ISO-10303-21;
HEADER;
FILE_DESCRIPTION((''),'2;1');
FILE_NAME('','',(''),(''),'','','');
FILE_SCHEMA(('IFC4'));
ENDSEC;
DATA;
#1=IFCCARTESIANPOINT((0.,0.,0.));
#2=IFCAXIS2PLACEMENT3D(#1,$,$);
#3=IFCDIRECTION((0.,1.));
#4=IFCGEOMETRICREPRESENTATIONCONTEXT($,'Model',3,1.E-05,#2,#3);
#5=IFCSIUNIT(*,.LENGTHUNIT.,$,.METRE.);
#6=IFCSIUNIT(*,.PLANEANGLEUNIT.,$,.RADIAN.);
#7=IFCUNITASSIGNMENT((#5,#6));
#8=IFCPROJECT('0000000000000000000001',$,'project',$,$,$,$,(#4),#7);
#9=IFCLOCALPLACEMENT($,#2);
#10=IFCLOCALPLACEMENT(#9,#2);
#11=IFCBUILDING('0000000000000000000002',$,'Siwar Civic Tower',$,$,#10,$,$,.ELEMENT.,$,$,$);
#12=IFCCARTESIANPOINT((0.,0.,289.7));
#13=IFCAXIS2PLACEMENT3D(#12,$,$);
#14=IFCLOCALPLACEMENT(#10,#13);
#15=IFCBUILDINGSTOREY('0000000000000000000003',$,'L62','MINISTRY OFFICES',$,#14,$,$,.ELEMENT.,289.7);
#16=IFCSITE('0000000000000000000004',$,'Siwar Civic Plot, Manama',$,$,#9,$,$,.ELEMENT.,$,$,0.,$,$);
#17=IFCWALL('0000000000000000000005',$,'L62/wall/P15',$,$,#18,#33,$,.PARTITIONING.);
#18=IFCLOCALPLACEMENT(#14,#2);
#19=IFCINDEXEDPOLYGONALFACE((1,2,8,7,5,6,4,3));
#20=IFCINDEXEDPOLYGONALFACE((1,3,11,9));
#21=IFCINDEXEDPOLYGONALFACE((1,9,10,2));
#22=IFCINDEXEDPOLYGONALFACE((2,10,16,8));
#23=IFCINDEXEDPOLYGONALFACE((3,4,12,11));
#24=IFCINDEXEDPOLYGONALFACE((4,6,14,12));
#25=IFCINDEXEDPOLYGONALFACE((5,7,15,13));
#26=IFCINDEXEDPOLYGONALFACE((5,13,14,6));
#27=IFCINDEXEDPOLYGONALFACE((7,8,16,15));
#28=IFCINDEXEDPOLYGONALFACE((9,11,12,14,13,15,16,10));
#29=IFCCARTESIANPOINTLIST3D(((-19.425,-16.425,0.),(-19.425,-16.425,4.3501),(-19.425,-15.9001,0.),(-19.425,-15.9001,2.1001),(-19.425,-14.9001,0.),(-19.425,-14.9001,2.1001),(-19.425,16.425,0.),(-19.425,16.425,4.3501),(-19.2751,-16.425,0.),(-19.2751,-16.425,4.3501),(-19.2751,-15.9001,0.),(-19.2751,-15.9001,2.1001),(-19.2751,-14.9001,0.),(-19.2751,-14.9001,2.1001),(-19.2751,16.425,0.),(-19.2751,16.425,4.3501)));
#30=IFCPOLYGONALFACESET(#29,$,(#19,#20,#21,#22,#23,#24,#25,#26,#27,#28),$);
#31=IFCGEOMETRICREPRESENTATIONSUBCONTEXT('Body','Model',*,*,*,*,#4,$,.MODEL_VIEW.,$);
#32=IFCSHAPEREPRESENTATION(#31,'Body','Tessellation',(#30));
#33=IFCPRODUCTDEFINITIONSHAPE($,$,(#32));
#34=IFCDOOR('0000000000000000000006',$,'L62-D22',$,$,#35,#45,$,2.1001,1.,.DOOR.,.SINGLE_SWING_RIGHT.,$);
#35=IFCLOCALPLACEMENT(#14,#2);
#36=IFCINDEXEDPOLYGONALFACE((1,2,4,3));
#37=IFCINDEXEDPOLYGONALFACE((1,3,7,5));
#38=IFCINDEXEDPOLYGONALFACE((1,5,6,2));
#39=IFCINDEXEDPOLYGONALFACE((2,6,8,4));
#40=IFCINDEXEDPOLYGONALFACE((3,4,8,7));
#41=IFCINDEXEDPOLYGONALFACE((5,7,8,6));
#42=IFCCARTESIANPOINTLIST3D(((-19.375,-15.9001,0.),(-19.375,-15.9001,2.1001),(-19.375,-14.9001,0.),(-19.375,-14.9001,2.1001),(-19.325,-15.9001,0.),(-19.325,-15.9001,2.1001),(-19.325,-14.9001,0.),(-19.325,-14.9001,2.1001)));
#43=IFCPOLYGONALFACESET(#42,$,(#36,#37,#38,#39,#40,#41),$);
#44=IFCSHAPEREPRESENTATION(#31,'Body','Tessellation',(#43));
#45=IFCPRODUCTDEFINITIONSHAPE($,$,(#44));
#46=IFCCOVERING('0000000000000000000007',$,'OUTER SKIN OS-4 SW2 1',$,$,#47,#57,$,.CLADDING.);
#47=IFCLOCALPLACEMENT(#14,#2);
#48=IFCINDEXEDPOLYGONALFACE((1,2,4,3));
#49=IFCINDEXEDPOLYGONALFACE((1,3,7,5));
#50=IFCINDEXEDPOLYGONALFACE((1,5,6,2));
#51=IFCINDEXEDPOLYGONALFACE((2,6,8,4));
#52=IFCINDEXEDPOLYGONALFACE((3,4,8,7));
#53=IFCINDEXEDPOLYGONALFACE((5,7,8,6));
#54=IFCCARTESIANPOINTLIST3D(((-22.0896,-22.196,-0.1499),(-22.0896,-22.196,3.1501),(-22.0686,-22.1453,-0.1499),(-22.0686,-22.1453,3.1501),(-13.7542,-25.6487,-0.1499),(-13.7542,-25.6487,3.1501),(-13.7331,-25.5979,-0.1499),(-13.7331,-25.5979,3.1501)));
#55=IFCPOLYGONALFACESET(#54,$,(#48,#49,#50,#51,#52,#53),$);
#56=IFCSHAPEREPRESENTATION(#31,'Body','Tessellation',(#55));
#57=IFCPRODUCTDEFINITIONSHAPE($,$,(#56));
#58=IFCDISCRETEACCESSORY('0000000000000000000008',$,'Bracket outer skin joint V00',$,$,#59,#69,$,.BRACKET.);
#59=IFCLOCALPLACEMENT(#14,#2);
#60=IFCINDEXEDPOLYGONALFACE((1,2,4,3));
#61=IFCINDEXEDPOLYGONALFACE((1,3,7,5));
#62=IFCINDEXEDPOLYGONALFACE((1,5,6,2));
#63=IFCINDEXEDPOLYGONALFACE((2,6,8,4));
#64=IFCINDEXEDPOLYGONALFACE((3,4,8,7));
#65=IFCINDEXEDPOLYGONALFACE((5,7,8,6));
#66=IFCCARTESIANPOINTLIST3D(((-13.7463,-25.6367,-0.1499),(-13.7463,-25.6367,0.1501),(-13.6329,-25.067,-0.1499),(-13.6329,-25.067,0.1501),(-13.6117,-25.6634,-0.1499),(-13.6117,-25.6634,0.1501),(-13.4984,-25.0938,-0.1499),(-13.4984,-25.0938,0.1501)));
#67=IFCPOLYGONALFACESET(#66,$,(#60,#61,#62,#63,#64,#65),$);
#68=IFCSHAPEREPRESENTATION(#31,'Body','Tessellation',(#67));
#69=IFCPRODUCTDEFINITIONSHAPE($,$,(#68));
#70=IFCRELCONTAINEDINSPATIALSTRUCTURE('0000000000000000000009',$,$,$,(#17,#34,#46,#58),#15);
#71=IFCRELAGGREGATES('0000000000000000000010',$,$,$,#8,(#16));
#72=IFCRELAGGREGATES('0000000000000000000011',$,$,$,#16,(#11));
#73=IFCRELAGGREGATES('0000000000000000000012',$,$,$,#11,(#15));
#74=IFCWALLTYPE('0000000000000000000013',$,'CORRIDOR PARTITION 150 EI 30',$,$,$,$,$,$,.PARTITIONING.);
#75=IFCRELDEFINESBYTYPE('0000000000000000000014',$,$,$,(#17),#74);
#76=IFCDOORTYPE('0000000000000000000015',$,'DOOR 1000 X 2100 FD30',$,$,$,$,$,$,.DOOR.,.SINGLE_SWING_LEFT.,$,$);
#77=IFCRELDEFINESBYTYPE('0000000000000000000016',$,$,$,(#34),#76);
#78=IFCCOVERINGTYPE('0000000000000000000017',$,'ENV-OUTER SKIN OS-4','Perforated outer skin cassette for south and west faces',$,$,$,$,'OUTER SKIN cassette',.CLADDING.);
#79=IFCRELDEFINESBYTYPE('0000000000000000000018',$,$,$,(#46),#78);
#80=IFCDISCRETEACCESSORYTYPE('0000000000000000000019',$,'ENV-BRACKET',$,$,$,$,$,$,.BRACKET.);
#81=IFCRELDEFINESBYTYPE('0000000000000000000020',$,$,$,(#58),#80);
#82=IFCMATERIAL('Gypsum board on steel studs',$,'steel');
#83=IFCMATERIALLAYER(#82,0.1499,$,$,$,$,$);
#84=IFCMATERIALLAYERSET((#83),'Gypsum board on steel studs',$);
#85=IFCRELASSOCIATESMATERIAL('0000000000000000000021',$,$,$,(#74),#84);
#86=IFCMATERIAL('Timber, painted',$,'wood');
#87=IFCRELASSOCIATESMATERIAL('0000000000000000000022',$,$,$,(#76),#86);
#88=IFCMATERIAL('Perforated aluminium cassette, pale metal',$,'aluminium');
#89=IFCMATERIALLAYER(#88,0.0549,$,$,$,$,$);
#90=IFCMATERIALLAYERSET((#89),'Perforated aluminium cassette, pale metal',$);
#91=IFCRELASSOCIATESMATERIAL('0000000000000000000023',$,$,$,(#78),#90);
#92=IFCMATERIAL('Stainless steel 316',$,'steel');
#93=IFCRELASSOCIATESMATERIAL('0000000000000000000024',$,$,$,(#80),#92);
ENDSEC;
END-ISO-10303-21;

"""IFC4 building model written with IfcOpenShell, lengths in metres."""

from ifc_helpers import new_model, si_unit, direction, frame, frame_2d, origin, origin_2d, place, context, subcontext, project, spatial, rectangle, extrude, material, layer, layer_set, type_object, element, fill, save


model = new_model("IFC4")

# Units and contexts
model_context = context("Model", 3, precision=1e-05, world=origin(), true_north=direction((0.0, 1.0)))
body_context = subcontext(model_context, "Body", "Model", "MODEL_VIEW")
ifc_project = project(units=[si_unit("LENGTHUNIT", "METRE"), si_unit("PLANEANGLEUNIT", "RADIAN")], contexts=[model_context])

# Site, building, storey
site_placement = place(None, origin())
site = spatial("IfcSite", under=ifc_project, at=site_placement, Name="Siwar Civic Plot, Manama", CompositionType="ELEMENT", RefElevation=0.0)
building_placement = place(site_placement, origin())
building = spatial("IfcBuilding", under=site, at=building_placement, Name="Siwar Civic Tower", CompositionType="ELEMENT")
storey_placement = place(building_placement, frame((0.0, 0.0, 289.7)))
storey = spatial("IfcBuildingStorey", under=building, at=storey_placement, Name="L62", Description="MINISTRY OFFICES", CompositionType="ELEMENT", Elevation=289.7)

# Shared definitions
ifc_material_1 = material(Name="Gypsum board on steel studs", Category="steel")
ifc_layer_1 = layer(ifc_material_1, 0.1499)
ifc_layer_set_1 = layer_set([ifc_layer_1], Name="Gypsum board on steel studs")
wall_type = type_object("IfcWallType", Name="CORRIDOR PARTITION 150 EI 30", PredefinedType="PARTITIONING", material=ifc_layer_set_1)
ifc_material_2 = material(Name="Timber, painted", Category="wood")
door_type_1 = type_object("IfcDoorType", Name="DOOR 1000 X 2100 FD30", OperationType="SINGLE_SWING_LEFT", PredefinedType="DOOR", material=ifc_material_2)

# Wall, opening, door
wall_1_placement = place(storey_placement, frame((-19.3501, -16.425, 0.0), z_axis=(0.0, 0.0, 1.0), x_axis=(0.0, 1.0, 0.0)))
wall_1 = element("IfcWall", 1, at=wall_1_placement, inside=storey, type_object=wall_type, Name="L62/wall/P15", PredefinedType="PARTITIONING", context=body_context, shape_type="SweptSolid", body=[
    extrude(rectangle(XDim=32.8501, YDim=0.1499, at=frame_2d((16.425, 0.0))), origin(), (0.0, 0.0, 1.0), 4.3501),
])
opening_1_placement = place(wall_1_placement, frame((0.5249, 0.0, 0.0)))
opening_1 = element("IfcOpeningElement", 2, at=opening_1_placement, cuts=wall_1, PredefinedType="OPENING", context=body_context, shape_type="SweptSolid", body=[
    extrude(rectangle(XDim=1.0, YDim=2.1001, at=frame_2d((0.5, 1.05))), frame((0.0, 0.085, 0.0), z_axis=(0.0, -1.0, 0.0), x_axis=(1.0, 0.0, 0.0)), (0.0, 0.0, 1.0), 0.1699),
])
door_1_placement = place(opening_1_placement, origin())
door_1 = element("IfcDoor", 3, at=door_1_placement, inside=storey, type_object=door_type_1, Name="L62-D22", OperationType="SINGLE_SWING_RIGHT", OverallHeight=2.1001, OverallWidth=1.0, PredefinedType="DOOR", context=body_context, shape_type="SweptSolid", body=[
    extrude(rectangle(XDim=1.0, YDim=2.1001, at=frame_2d((0.5, 1.05))), frame((0.0, 0.0249, 0.0), z_axis=(0.0, -1.0, 0.0), x_axis=(1.0, 0.0, 0.0)), (0.0, 0.0, 1.0), 0.05),
])
fill(opening_1, door_1)

# Covering
ifc_material_3 = material(Name="Perforated aluminium cassette, pale metal", Category="aluminium")
ifc_layer_2 = layer(ifc_material_3, 0.0549)
ifc_layer_set_2 = layer_set([ifc_layer_2], Name="Perforated aluminium cassette, pale metal")
covering_type = type_object("IfcCoveringType", Name="ENV-OUTER SKIN OS-4", Description="Perforated outer skin cassette for south and west faces", ElementType="OUTER SKIN cassette", PredefinedType="CLADDING", material=ifc_layer_set_2)
covering_placement = place(storey_placement, frame((-17.9114, -23.897, -0.1499), z_axis=(0.0, 0.0, 1.0), x_axis=(0.92388, -0.382683, 0.0)))
element("IfcCovering", 4, at=covering_placement, inside=storey, type_object=covering_type, Name="OUTER SKIN OS-4 SW2 1", PredefinedType="CLADDING", context=body_context, shape_type="SweptSolid", body=[
    extrude(rectangle(XDim=9.0222, YDim=0.0549, at=origin_2d()), origin(), (0.0, 0.0, 1.0), 3.3),
])

# Discrete accessory
ifc_material_4 = material(Name="Stainless steel 316", Category="steel")
discrete_accessory_type = type_object("IfcDiscreteAccessoryType", Name="ENV-BRACKET", PredefinedType="BRACKET", material=ifc_material_4)
discrete_accessory_placement = place(storey_placement, frame((-13.6223, -25.3652, -0.1499), z_axis=(0.0, 0.0, 1.0), x_axis=(-0.19509, -0.980785, 0.0)))
element("IfcDiscreteAccessory", 5, at=discrete_accessory_placement, inside=storey, type_object=discrete_accessory_type, Name="Bracket outer skin joint V00", PredefinedType="BRACKET", context=body_context, shape_type="SweptSolid", body=[
    extrude(rectangle(XDim=0.5808, YDim=0.1372, at=origin_2d()), origin(), (0.0, 0.0, 1.0), 0.3),
])

save(model, "model.ifc")
